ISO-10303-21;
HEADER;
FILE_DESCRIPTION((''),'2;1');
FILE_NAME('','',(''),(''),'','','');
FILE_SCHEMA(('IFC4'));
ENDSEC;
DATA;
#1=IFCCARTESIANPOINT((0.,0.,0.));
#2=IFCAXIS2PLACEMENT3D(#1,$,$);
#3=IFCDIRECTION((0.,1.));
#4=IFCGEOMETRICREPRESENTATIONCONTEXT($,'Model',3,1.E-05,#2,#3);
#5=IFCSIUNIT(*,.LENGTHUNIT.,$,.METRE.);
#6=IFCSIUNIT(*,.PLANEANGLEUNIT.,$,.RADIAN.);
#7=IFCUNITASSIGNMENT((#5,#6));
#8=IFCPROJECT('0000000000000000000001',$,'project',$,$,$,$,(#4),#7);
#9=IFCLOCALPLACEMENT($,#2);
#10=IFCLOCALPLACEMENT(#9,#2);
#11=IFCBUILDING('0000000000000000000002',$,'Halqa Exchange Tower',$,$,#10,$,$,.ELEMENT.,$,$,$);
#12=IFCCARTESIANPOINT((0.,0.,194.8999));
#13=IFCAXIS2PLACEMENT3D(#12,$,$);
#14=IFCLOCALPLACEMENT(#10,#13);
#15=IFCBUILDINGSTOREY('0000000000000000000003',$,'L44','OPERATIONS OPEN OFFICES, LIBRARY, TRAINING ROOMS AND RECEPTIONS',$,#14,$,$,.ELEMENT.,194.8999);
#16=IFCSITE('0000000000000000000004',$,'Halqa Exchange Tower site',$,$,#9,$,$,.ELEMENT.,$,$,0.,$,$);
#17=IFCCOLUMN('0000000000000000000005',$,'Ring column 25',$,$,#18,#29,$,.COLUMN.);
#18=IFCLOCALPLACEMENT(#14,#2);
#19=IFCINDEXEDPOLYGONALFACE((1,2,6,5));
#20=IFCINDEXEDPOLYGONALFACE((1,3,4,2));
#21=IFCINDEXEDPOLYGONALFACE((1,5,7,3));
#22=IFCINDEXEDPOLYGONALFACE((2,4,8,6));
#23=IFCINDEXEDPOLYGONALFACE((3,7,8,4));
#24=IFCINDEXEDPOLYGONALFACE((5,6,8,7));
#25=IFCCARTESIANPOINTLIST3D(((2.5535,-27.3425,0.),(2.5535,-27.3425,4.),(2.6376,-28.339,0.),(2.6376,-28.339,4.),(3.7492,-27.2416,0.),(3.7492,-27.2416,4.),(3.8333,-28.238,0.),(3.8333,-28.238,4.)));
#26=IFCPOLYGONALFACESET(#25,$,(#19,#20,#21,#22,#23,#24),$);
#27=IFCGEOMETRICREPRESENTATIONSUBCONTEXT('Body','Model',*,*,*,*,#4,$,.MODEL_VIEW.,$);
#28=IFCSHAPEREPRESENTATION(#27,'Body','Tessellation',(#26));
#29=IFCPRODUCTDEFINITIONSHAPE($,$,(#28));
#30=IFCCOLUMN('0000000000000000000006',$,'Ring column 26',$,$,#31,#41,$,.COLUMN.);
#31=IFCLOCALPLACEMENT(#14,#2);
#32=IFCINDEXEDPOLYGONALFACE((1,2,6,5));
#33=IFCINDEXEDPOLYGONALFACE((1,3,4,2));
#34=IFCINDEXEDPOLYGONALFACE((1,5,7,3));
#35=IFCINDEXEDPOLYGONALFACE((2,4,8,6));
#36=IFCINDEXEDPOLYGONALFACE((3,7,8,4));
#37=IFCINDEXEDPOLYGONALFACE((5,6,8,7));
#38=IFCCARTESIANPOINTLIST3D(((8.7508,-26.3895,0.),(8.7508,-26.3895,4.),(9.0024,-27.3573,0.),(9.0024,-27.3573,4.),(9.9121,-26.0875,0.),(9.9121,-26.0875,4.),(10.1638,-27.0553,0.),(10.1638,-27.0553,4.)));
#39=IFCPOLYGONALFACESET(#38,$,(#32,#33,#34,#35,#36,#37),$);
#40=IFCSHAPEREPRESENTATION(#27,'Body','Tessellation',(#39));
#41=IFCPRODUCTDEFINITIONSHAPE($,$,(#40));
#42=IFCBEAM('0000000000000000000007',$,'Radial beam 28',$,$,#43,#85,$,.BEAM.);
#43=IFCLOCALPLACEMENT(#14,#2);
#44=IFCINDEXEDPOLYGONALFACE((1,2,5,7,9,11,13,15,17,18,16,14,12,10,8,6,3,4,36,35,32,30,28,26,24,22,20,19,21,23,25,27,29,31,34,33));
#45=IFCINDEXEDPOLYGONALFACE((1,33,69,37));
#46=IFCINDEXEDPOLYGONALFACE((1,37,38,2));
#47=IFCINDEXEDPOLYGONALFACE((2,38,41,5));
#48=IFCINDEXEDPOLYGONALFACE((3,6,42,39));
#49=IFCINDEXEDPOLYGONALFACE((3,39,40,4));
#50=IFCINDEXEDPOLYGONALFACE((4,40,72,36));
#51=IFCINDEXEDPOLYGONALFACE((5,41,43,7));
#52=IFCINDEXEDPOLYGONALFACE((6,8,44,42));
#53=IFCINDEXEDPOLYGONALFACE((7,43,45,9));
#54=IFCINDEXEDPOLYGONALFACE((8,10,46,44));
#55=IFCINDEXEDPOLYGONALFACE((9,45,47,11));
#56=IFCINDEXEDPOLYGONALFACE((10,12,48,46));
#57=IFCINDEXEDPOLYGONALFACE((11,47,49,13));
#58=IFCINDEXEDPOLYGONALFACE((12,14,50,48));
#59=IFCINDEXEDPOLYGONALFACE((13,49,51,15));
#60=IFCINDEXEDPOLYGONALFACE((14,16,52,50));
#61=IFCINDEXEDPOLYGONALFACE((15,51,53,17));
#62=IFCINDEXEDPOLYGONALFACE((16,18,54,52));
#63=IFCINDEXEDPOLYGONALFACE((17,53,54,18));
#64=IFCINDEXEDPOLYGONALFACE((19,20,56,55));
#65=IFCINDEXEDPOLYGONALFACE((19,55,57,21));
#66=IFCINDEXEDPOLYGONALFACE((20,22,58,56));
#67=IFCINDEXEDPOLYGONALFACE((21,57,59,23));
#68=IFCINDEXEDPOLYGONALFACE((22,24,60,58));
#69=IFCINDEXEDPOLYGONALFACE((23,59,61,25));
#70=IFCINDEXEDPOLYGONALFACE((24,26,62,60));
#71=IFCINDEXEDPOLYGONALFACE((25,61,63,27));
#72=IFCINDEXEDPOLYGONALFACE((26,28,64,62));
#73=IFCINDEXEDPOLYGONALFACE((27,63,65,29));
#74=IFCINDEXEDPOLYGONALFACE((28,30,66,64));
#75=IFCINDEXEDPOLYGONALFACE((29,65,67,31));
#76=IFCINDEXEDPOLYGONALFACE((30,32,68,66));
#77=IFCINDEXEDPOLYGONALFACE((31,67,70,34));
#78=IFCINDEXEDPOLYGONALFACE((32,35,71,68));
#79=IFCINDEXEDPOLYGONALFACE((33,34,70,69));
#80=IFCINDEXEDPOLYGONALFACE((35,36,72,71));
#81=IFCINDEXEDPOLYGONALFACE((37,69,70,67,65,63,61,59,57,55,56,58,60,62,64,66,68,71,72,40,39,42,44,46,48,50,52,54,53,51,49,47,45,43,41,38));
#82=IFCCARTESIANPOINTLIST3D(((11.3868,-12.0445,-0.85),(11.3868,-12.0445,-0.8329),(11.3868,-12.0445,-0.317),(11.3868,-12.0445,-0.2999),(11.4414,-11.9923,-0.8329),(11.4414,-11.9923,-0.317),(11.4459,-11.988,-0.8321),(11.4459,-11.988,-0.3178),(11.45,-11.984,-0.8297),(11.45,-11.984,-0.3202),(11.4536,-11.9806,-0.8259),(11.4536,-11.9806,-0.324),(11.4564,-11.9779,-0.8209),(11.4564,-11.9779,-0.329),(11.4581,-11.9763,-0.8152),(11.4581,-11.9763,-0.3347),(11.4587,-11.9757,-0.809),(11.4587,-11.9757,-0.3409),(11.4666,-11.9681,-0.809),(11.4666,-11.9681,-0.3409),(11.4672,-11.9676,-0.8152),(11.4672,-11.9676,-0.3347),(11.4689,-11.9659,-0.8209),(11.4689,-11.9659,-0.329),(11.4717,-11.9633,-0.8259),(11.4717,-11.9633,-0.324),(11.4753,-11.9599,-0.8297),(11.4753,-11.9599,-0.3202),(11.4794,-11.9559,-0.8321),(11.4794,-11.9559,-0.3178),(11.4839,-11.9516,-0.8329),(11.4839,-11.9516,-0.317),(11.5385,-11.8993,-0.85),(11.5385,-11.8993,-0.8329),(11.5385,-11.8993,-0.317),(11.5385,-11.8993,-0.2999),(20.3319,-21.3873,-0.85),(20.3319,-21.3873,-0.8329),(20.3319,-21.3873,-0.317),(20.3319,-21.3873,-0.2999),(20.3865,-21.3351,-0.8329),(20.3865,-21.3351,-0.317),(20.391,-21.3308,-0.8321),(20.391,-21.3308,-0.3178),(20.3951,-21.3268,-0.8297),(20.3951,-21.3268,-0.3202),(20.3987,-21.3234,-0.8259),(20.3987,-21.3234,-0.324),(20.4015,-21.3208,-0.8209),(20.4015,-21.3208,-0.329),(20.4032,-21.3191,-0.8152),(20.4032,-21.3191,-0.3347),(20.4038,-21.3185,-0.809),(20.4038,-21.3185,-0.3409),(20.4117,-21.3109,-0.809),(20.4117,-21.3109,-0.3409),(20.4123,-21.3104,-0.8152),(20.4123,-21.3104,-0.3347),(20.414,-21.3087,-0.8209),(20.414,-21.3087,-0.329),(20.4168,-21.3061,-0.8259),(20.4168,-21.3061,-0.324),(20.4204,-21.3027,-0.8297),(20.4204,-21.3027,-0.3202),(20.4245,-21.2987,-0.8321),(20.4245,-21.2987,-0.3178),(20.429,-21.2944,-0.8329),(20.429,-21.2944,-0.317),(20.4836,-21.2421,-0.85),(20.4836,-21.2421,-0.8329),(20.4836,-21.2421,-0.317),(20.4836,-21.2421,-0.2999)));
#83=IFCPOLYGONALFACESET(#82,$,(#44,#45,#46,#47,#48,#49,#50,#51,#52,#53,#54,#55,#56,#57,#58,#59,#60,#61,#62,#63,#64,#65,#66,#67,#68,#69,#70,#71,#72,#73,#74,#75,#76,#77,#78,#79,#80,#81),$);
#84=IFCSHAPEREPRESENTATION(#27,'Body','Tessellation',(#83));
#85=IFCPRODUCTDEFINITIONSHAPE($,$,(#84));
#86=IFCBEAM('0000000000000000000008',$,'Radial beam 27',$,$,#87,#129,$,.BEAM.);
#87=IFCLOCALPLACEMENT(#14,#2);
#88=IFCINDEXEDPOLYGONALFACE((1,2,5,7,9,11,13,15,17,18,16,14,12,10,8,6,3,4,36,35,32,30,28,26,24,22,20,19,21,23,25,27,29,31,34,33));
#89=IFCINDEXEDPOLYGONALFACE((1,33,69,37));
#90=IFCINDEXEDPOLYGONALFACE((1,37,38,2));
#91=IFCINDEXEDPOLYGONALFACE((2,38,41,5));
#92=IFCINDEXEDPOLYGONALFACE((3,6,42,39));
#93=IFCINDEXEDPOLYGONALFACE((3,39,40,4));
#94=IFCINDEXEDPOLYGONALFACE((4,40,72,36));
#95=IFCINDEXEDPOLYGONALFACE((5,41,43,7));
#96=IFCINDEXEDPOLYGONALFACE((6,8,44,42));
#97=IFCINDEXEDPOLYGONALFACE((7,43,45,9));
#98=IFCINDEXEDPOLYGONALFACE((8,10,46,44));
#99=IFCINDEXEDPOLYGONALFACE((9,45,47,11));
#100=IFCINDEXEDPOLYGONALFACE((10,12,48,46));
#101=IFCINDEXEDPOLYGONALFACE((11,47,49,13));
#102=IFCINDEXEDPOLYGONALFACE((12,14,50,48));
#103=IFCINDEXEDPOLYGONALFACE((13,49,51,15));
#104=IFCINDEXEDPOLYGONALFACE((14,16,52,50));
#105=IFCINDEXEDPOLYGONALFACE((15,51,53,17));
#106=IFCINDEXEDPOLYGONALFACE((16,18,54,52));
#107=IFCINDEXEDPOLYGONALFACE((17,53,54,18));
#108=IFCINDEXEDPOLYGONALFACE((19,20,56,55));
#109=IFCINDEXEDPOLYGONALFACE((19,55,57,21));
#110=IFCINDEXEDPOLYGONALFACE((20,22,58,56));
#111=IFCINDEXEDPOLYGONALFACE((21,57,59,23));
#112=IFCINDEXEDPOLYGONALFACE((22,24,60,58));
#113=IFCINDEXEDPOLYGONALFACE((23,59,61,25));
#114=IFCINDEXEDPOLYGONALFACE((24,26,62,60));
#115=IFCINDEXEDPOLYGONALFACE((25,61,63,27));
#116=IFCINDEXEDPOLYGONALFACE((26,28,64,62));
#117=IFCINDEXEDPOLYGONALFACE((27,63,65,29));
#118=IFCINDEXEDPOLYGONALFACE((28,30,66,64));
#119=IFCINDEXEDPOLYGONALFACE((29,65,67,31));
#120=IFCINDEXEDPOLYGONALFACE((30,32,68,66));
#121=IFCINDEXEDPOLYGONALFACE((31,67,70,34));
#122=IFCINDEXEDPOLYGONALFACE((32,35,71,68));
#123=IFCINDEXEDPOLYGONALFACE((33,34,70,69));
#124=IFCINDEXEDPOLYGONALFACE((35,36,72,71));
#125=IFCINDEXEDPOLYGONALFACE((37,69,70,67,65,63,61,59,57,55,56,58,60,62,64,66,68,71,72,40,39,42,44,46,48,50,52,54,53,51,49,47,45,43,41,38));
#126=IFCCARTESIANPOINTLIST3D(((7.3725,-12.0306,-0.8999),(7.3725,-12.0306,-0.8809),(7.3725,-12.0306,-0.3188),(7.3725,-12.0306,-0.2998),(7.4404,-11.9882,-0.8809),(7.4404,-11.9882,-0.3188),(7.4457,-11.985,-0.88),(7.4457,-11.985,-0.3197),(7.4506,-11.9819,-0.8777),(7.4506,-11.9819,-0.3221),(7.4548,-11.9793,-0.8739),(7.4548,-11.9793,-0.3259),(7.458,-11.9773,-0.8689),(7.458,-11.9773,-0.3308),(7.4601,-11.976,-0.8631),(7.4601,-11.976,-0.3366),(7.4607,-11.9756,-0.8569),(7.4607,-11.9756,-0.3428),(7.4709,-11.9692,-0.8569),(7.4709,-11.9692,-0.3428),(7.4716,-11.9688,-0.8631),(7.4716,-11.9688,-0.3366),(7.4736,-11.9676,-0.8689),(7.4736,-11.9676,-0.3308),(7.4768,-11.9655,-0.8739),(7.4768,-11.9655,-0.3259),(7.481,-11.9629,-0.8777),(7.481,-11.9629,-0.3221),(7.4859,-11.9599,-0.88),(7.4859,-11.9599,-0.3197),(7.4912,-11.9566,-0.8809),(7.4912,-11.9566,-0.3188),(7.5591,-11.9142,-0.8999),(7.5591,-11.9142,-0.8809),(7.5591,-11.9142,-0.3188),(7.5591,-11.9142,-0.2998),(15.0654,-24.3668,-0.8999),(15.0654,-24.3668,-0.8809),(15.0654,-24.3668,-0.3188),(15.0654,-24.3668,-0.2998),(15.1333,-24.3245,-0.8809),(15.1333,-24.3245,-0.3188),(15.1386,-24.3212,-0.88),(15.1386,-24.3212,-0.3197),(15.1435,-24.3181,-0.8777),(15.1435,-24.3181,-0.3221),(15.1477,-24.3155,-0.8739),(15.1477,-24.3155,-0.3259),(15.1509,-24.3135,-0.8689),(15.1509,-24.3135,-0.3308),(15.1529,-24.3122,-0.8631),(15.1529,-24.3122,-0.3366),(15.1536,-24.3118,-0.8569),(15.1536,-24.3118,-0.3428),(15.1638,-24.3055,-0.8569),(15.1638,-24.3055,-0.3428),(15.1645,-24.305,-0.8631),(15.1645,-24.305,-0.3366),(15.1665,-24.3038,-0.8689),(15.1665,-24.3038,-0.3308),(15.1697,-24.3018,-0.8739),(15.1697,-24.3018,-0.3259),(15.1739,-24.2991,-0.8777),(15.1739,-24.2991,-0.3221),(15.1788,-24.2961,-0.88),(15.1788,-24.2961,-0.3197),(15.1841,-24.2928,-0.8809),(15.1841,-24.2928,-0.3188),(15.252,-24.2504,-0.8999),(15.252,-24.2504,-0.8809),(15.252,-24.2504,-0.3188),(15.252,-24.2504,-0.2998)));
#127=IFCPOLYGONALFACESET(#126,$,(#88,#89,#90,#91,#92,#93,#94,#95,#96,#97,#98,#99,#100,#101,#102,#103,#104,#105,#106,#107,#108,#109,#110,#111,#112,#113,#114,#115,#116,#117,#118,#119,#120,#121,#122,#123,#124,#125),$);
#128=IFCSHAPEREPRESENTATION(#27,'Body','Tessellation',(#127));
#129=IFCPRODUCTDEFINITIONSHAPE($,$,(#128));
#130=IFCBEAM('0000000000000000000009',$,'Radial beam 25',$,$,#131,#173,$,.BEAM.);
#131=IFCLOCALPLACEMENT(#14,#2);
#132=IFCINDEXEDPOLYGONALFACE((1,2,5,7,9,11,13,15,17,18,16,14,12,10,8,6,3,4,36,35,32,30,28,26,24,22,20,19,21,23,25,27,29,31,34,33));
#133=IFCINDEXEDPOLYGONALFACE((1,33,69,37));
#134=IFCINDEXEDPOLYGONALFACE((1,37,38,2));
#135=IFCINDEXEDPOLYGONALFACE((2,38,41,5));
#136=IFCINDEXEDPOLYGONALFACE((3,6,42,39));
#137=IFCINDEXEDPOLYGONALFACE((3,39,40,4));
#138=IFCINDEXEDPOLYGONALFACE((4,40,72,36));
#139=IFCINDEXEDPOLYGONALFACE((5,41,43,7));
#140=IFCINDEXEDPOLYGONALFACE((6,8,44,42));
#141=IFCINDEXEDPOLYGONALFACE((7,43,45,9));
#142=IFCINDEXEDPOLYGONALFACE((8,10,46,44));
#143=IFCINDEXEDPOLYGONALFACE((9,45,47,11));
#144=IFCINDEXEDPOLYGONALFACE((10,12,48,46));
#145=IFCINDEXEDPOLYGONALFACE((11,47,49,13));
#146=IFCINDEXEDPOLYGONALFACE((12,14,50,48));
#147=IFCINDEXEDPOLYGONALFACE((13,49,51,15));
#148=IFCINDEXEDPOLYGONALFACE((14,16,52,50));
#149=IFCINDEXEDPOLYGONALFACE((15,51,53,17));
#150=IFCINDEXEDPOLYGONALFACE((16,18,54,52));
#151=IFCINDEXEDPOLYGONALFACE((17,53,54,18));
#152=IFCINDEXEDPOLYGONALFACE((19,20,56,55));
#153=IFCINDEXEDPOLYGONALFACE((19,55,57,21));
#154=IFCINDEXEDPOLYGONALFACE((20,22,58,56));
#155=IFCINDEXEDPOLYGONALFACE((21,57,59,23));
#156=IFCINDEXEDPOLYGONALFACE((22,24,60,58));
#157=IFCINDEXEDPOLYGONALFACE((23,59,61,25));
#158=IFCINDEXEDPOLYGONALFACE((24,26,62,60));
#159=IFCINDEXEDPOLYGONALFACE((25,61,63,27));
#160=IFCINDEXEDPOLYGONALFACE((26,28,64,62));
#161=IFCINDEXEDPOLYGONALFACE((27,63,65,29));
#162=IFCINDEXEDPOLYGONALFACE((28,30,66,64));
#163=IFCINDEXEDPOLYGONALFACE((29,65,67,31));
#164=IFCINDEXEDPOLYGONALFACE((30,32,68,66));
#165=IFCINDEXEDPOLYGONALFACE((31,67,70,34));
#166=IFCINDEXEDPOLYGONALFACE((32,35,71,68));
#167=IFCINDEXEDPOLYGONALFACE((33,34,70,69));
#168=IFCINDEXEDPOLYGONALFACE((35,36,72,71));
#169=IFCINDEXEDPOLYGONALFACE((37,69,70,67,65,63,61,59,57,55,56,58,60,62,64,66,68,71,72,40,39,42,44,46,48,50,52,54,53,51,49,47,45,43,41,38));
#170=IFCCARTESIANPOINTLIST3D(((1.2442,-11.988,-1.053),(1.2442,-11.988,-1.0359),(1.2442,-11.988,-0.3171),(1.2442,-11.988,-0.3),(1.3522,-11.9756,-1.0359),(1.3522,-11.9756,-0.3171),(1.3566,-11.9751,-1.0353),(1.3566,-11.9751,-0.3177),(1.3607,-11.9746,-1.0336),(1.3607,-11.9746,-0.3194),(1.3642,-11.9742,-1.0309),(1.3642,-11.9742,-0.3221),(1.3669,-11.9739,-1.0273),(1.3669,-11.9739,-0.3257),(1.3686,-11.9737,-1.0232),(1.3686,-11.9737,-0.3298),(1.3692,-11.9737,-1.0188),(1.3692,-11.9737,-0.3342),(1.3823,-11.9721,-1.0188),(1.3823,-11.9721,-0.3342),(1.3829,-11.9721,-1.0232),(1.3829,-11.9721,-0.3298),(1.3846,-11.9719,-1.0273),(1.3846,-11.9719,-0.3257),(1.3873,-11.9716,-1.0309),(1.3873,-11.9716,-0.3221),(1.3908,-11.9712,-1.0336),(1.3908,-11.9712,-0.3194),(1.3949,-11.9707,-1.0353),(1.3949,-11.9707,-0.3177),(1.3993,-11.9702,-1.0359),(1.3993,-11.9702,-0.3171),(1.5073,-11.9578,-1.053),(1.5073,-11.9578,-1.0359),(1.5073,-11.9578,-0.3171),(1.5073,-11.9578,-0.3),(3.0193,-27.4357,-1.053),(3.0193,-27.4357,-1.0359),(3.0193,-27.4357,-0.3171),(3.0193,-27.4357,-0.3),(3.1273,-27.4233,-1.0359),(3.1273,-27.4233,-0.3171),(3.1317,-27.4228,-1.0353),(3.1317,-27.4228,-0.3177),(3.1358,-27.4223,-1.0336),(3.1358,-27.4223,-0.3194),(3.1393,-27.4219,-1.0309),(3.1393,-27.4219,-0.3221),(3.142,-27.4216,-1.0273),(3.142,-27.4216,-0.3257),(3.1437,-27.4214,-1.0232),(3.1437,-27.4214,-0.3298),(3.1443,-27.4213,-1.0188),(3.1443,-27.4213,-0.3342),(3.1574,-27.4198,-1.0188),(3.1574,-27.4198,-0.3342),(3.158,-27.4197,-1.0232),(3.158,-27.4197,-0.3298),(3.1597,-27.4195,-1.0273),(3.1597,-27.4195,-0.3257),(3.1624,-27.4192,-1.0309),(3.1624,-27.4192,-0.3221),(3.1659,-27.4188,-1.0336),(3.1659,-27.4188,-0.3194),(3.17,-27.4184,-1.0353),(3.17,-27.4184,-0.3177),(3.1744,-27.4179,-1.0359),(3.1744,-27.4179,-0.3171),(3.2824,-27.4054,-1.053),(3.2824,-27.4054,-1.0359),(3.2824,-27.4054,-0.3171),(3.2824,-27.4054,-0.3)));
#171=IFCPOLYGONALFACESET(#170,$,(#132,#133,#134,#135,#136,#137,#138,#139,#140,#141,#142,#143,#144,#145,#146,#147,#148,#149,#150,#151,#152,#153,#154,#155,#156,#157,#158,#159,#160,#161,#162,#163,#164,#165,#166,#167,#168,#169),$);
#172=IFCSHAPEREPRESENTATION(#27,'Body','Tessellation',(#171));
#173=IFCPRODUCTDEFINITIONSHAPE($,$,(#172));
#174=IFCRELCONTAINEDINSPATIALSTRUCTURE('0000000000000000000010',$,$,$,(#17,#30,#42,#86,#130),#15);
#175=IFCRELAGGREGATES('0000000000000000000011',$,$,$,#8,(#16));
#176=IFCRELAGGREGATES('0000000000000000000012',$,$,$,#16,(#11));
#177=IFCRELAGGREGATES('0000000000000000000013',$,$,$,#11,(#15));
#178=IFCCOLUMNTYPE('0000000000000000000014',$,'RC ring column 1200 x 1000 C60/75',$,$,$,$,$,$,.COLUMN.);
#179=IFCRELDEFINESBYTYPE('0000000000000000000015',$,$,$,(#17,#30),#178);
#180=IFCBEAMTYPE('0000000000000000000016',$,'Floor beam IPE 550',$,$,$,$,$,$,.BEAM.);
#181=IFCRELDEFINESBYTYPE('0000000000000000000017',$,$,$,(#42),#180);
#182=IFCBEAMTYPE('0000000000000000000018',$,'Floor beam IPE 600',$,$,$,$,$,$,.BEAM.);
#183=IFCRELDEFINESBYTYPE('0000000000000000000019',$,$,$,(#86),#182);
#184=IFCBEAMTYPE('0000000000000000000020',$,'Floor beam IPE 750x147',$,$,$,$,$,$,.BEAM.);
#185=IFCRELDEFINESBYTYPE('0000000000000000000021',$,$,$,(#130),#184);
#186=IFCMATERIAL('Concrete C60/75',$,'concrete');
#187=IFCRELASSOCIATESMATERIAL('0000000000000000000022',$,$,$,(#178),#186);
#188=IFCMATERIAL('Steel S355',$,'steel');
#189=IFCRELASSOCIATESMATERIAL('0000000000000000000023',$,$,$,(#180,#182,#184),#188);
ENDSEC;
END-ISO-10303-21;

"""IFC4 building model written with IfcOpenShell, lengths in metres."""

from ifc_helpers import new_model, si_unit, direction, frame, origin, origin_2d, place, context, subcontext, project, spatial, rectangle, i_section, extrude, material, material_profile, profile_set, type_object, element, save


model = new_model("IFC4")

# Units and contexts
model_context = context("Model", 3, precision=1e-05, world=origin(), true_north=direction((0.0, 1.0)))
body_context = subcontext(model_context, "Body", "Model", "MODEL_VIEW")
ifc_project = project(units=[si_unit("LENGTHUNIT", "METRE"), si_unit("PLANEANGLEUNIT", "RADIAN")], contexts=[model_context])

# Site, building, storey
site_placement = place(None, origin())
site = spatial("IfcSite", under=ifc_project, at=site_placement, Name="Halqa Exchange Tower site", CompositionType="ELEMENT", RefElevation=0.0)
building_placement = place(site_placement, origin())
building = spatial("IfcBuilding", under=site, at=building_placement, Name="Halqa Exchange Tower", CompositionType="ELEMENT")
storey_placement = place(building_placement, frame((0.0, 0.0, 194.8999)))
storey = spatial("IfcBuildingStorey", under=building, at=storey_placement, Name="L44", Description="OPERATIONS OPEN OFFICES, LIBRARY, TRAINING ROOMS AND RECEPTIONS", CompositionType="ELEMENT", Elevation=194.8999)

# Columns
ifc_material_1 = material(Name="Concrete C60/75", Category="concrete")
ifc_material_profile_1 = material_profile(ifc_material_1, rectangle(XDim=1.2, YDim=1.0, at=origin_2d()), Name="1200 x 1000")
ifc_profile_set_1 = profile_set([ifc_material_profile_1], Name="Concrete C60/75")
column_type = type_object("IfcColumnType", Name="RC ring column 1200 x 1000 C60/75", PredefinedType="COLUMN", material=ifc_profile_set_1)
for number, where, z_axis, x_axis, name in (
    (1, (3.1934, -27.7903, 0.0), (0.0, 0.0, 1.0), (0.996456, 0.084116, 0.0), "Ring column 25"),
    (2, (9.4573, -26.7224, 0.0), (0.0, 0.0, 1.0), (0.967821, 0.25164, 0.0), "Ring column 26"),
):
    element("IfcColumn", number, at=place(storey_placement, frame(where, z_axis=z_axis, x_axis=x_axis)), inside=storey, type_object=column_type, Name=name, PredefinedType="COLUMN", context=body_context, shape_type="SweptSolid", body=[
        extrude(rectangle(XDim=1.2, YDim=1.0, at=origin_2d()), origin(), (0.0, 0.0, 1.0), 4.0),
    ])

# Beams
ifc_material_2 = material(Name="Steel S355", Category="steel")
ifc_material_profile_2 = material_profile(ifc_material_2, i_section(OverallWidth=0.21, OverallDepth=0.55, WebThickness=0.011, FlangeThickness=0.0171, FilletRadius=0.0239, at=origin_2d()), Name="IPE 550")
ifc_profile_set_2 = profile_set([ifc_material_profile_2], Name="Steel S355")
beam_type_1 = type_object("IfcBeamType", Name="Floor beam IPE 550", PredefinedType="BEAM", material=ifc_profile_set_2)
beam_1_placement = place(storey_placement, frame((11.4626, -11.9719, -0.575), z_axis=(0.691566, -0.722313, 0.0), x_axis=(0.722313, 0.691566, 0.0)))
element("IfcBeam", 3, at=beam_1_placement, inside=storey, type_object=beam_type_1, Name="Radial beam 28", PredefinedType="BEAM", context=body_context, shape_type="SweptSolid", body=[
    extrude(i_section(OverallWidth=0.21, OverallDepth=0.55, WebThickness=0.011, FlangeThickness=0.0171, FilletRadius=0.0239, at=origin_2d()), origin(), (0.0, 0.0, 1.0), 12.9346),
])
ifc_material_profile_3 = material_profile(ifc_material_2, i_section(OverallWidth=0.22, OverallDepth=0.6001, WebThickness=0.012, FlangeThickness=0.019, FilletRadius=0.0239, at=origin_2d()), Name="IPE 600")
ifc_profile_set_3 = profile_set([ifc_material_profile_3], Name="Steel S355")
beam_type_2 = type_object("IfcBeamType", Name="Floor beam IPE 600", PredefinedType="BEAM", material=ifc_profile_set_3)
beam_2_placement = place(storey_placement, frame((7.4658, -11.9724, -0.5999), z_axis=(0.529146, -0.848531, 0.0), x_axis=(0.848531, 0.529146, 0.0)))
element("IfcBeam", 4, at=beam_2_placement, inside=storey, type_object=beam_type_2, Name="Radial beam 27", PredefinedType="BEAM", context=body_context, shape_type="SweptSolid", body=[
    extrude(i_section(OverallWidth=0.22, OverallDepth=0.6001, WebThickness=0.012, FlangeThickness=0.019, FilletRadius=0.0239, at=origin_2d()), origin(), (0.0, 0.0, 1.0), 14.5383),
])
ifc_material_profile_4 = material_profile(ifc_material_2, i_section(OverallWidth=0.2649, OverallDepth=0.7529, WebThickness=0.0132, FlangeThickness=0.0171, FilletRadius=0.0171, at=origin_2d()), Name="IPE 750x147")
ifc_profile_set_4 = profile_set([ifc_material_profile_4], Name="Steel S355")
beam_type_3 = type_object("IfcBeamType", Name="Floor beam IPE 750x147", PredefinedType="BEAM", material=ifc_profile_set_4)
beam_3_placement = place(storey_placement, frame((1.3757, -11.9729, -0.6765), z_axis=(0.114162, -0.993462, 0.0), x_axis=(0.993462, 0.114162, 0.0)))
element("IfcBeam", 5, at=beam_3_placement, inside=storey, type_object=beam_type_3, Name="Radial beam 25", PredefinedType="BEAM", context=body_context, shape_type="SweptSolid", body=[
    extrude(i_section(OverallWidth=0.2649, OverallDepth=0.7529, WebThickness=0.0132, FlangeThickness=0.0171, FilletRadius=0.0171, at=origin_2d()), origin(), (0.0, 0.0, 1.0), 15.5493),
])

save(model, "model.ifc")
